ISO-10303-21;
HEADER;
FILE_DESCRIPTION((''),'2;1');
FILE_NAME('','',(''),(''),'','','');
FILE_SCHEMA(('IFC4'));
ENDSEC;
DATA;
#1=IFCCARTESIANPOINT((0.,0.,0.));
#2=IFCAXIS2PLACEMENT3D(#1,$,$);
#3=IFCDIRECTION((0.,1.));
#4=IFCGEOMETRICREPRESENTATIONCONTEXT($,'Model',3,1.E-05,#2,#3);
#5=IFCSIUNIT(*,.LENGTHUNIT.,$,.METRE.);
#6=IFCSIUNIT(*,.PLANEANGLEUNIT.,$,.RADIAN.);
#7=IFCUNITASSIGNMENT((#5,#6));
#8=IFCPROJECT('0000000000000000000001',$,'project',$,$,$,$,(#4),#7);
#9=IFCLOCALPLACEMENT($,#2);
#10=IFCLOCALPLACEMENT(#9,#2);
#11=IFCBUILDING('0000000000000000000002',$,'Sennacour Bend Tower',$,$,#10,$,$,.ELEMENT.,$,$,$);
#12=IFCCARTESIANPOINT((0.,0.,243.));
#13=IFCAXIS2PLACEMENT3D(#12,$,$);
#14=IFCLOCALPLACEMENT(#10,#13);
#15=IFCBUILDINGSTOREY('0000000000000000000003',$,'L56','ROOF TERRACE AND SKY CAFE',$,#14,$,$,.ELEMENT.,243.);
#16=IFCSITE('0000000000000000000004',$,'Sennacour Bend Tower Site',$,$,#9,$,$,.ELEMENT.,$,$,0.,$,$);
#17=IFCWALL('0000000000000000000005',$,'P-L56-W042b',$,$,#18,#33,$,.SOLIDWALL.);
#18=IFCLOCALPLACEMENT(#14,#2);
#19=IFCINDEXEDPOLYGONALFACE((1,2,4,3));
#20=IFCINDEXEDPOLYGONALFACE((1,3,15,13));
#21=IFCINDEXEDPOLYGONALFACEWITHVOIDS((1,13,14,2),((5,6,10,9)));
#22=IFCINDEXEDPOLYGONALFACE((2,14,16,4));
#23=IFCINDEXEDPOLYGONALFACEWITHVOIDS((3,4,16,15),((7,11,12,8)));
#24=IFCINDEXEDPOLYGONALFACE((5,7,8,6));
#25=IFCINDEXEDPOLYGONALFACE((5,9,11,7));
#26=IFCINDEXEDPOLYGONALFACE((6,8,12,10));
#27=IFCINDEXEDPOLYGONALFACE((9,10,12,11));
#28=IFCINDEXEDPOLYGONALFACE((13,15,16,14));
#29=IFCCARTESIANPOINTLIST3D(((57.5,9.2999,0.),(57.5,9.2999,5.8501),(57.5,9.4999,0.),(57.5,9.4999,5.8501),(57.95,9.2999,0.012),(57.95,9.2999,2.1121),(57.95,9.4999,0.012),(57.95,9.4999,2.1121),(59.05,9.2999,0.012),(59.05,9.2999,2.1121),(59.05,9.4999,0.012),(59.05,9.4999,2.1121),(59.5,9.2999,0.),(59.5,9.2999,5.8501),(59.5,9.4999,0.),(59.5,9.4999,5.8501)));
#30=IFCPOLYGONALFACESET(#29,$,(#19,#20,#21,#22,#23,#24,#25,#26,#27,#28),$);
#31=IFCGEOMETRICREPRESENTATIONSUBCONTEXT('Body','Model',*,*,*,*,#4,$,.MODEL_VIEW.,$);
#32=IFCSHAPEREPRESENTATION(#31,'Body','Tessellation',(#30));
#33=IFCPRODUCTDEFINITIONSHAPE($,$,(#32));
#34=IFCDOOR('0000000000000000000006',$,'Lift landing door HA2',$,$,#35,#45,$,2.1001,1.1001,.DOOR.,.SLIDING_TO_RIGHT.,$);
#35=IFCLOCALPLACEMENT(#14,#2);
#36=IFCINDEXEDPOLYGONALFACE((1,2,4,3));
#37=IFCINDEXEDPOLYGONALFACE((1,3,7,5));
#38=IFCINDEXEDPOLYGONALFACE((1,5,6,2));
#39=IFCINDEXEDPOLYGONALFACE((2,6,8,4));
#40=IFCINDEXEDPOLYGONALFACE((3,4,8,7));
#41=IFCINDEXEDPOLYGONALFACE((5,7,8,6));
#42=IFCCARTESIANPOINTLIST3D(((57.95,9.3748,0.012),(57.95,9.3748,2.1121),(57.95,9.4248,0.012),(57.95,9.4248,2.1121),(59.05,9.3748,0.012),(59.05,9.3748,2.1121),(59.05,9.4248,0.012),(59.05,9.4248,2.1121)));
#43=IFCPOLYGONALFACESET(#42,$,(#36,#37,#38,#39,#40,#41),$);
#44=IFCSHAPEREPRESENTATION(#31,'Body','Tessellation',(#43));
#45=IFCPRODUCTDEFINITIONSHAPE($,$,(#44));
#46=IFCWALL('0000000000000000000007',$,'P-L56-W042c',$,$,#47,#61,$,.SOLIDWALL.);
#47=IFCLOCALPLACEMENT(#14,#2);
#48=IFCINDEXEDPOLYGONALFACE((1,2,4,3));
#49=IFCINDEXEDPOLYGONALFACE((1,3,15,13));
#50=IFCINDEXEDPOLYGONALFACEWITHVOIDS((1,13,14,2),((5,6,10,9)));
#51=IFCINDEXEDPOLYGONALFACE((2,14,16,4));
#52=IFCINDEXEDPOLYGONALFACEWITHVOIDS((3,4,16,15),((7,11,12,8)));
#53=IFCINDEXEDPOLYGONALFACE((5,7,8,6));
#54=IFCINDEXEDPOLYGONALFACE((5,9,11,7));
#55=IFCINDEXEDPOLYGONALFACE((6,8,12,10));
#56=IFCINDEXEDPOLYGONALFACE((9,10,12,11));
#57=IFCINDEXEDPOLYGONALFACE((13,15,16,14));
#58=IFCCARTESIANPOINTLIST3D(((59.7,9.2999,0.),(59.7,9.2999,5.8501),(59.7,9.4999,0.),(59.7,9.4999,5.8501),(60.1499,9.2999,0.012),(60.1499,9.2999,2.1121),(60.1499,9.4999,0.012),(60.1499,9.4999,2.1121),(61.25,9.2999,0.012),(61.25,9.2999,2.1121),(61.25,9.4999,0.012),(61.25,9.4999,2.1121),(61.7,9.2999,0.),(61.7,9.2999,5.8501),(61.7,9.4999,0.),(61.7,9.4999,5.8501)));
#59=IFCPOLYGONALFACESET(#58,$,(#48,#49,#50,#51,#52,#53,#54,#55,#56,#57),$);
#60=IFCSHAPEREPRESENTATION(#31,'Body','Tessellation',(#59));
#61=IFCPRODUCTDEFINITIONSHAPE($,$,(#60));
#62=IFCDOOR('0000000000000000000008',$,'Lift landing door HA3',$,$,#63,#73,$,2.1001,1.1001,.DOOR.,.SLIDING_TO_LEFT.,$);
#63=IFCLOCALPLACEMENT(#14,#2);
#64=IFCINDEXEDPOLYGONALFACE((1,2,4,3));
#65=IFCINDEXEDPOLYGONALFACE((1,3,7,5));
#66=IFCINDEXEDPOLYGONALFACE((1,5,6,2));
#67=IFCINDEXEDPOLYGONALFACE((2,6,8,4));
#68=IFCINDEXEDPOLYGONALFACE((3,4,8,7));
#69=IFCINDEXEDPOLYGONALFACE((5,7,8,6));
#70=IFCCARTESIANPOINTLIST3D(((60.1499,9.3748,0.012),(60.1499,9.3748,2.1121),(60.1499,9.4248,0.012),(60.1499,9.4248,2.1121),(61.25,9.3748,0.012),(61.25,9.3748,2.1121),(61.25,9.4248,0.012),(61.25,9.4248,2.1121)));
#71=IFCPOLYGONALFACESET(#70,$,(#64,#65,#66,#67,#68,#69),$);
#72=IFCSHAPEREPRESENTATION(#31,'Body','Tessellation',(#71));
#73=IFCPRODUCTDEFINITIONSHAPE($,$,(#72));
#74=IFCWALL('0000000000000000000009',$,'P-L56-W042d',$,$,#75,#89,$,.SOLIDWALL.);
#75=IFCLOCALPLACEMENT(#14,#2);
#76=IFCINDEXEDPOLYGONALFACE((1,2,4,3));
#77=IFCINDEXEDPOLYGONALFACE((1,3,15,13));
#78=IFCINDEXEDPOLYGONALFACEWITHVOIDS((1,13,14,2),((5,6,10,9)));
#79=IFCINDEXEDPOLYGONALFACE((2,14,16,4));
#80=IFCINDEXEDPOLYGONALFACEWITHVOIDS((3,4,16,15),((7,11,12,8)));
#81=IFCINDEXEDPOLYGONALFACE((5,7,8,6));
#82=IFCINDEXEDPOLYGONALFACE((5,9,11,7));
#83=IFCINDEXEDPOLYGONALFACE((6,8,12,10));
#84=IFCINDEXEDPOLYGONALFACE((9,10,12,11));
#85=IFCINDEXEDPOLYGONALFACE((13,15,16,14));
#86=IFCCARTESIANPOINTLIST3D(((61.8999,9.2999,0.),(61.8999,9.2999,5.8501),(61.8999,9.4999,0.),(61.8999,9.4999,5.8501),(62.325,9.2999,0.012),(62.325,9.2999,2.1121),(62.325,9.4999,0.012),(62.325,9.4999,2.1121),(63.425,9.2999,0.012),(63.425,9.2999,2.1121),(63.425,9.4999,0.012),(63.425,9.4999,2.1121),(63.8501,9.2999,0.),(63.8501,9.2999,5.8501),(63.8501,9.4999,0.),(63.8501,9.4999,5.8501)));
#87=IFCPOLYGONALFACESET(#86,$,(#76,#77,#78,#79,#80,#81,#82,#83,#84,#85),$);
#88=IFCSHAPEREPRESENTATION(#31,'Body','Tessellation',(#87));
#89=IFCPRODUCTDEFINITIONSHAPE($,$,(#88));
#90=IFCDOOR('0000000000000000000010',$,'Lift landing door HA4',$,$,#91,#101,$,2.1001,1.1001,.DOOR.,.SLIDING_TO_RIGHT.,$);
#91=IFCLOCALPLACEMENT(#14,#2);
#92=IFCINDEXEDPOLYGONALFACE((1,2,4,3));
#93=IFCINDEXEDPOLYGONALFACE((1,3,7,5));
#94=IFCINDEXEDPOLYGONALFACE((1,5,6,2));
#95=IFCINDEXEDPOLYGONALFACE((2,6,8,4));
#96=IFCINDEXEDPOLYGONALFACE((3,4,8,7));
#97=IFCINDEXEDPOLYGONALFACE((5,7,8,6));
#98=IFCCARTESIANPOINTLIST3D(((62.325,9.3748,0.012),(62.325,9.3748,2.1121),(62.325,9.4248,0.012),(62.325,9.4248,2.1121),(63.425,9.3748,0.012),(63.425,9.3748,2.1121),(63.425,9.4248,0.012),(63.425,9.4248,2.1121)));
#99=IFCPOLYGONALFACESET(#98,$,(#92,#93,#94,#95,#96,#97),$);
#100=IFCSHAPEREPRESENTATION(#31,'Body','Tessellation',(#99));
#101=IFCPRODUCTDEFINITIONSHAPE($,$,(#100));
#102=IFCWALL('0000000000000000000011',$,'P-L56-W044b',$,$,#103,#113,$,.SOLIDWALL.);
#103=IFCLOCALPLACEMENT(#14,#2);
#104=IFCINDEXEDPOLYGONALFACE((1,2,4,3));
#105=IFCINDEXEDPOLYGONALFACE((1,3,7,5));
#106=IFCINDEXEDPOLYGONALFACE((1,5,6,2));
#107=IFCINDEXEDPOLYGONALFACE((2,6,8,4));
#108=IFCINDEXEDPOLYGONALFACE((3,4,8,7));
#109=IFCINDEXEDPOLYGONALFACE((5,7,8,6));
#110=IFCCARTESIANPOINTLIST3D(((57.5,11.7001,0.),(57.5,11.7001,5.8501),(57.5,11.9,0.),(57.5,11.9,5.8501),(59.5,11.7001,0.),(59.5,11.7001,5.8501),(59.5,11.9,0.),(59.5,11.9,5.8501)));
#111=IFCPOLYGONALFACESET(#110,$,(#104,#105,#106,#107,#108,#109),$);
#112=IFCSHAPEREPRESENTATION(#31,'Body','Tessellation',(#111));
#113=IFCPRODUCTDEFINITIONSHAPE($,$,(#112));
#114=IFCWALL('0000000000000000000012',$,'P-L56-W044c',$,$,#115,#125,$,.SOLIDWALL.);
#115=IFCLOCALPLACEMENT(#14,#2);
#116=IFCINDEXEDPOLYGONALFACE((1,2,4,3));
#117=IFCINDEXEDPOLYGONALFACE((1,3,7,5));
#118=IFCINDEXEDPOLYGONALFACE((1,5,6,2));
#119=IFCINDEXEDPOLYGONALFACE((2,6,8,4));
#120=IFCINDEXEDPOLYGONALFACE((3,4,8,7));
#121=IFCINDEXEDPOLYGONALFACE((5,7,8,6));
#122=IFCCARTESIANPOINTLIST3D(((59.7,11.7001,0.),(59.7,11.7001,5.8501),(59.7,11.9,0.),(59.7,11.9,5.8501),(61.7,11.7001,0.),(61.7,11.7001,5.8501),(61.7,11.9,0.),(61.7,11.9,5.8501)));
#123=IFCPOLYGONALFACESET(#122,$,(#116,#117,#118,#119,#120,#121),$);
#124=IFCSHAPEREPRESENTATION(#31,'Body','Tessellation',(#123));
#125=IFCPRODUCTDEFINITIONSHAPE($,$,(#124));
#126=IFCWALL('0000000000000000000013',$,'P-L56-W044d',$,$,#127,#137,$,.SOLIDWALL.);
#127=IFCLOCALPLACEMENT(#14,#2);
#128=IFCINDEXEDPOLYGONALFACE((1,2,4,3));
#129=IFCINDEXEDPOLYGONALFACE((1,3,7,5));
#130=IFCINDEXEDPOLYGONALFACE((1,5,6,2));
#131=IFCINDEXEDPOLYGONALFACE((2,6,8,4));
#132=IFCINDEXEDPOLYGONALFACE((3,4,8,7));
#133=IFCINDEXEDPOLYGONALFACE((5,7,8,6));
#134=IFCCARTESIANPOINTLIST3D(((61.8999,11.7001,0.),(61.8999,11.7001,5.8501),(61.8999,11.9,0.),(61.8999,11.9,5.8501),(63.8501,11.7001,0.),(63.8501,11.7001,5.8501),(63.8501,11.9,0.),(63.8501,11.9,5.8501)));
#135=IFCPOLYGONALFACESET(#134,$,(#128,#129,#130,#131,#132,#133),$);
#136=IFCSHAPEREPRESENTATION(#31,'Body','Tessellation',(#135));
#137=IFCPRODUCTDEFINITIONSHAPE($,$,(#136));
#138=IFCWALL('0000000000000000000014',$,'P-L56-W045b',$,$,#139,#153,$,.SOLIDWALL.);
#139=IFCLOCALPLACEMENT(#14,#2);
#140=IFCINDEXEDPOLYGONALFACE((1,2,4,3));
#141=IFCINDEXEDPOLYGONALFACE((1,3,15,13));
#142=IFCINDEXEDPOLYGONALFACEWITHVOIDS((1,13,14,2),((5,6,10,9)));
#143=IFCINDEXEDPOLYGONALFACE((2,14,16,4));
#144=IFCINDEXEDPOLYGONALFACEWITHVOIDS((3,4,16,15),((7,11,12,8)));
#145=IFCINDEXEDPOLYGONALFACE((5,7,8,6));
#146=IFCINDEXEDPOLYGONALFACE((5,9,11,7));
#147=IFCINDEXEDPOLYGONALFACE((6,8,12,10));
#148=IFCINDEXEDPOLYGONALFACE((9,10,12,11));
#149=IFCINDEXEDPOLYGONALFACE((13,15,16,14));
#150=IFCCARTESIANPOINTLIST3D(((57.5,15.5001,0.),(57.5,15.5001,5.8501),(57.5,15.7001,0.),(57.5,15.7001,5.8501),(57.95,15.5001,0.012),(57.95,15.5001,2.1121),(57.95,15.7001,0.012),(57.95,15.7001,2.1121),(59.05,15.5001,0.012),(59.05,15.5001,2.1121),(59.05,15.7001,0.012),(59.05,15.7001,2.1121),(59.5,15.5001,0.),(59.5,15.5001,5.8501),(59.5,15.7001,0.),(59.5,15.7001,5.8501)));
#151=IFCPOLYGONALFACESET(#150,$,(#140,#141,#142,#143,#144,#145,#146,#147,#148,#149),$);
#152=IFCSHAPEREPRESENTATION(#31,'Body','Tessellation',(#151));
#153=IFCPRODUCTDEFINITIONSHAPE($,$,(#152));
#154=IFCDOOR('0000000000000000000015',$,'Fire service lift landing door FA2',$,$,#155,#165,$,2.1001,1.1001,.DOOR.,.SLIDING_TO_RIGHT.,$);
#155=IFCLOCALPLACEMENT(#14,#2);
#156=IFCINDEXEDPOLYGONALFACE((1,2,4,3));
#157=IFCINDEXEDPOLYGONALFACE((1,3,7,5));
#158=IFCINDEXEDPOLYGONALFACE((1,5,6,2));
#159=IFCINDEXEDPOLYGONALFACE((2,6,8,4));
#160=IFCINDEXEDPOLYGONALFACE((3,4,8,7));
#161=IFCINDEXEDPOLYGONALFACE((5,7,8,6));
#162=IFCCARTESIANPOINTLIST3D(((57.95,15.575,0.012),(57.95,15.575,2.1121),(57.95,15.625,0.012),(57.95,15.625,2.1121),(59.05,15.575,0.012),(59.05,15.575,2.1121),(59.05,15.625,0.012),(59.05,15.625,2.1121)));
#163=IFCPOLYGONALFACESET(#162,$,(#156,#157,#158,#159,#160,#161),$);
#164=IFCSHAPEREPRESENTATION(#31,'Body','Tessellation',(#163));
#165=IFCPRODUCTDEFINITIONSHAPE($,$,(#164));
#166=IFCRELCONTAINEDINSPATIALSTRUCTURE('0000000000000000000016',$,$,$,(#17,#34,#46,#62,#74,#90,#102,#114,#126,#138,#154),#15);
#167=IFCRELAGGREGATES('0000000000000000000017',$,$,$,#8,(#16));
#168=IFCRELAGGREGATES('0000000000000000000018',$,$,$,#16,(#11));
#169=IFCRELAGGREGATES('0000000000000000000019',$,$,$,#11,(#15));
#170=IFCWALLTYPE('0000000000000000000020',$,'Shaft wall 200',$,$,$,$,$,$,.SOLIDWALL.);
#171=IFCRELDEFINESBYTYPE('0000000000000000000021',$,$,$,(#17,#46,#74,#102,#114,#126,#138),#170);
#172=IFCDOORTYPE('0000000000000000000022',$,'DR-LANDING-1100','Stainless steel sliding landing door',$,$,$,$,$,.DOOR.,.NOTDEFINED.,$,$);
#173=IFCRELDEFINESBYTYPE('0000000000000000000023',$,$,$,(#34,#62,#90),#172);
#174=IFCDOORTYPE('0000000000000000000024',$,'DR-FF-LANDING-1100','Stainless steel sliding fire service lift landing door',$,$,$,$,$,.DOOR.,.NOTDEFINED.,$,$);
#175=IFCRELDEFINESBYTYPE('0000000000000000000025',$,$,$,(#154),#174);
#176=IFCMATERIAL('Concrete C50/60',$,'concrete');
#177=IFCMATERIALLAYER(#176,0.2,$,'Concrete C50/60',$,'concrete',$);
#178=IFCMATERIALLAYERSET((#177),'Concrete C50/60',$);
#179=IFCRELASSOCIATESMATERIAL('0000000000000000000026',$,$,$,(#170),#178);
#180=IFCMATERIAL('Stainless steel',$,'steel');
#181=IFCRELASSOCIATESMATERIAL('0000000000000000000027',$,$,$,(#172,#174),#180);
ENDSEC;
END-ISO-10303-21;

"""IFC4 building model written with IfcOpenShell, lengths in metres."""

from ifc_helpers import new_model, si_unit, direction, frame, frame_2d, origin, place, context, subcontext, project, spatial, rectangle, extrude, material, layer, layer_set, type_object, element, fill, save


model = new_model("IFC4")

# Units and contexts
model_context = context("Model", 3, precision=1e-05, world=origin(), true_north=direction((0.0, 1.0)))
body_context = subcontext(model_context, "Body", "Model", "MODEL_VIEW")
ifc_project = project(units=[si_unit("LENGTHUNIT", "METRE"), si_unit("PLANEANGLEUNIT", "RADIAN")], contexts=[model_context])

# Site, building, storey
site_placement = place(None, origin())
site = spatial("IfcSite", under=ifc_project, at=site_placement, Name="Sennacour Bend Tower Site", CompositionType="ELEMENT", RefElevation=0.0)
building_placement = place(site_placement, origin())
building = spatial("IfcBuilding", under=site, at=building_placement, Name="Sennacour Bend Tower", CompositionType="ELEMENT")
storey_placement = place(building_placement, frame((0.0, 0.0, 243.0)))
storey = spatial("IfcBuildingStorey", under=building, at=storey_placement, Name="L56", Description="ROOF TERRACE AND SKY CAFE", CompositionType="ELEMENT", Elevation=243.0)

# Shared definitions
ifc_material_1 = material(Name="Concrete C50/60", Category="concrete")
ifc_layer_1 = layer(ifc_material_1, 0.2, Name="Concrete C50/60", Category="concrete")
ifc_layer_set_1 = layer_set([ifc_layer_1], Name="Concrete C50/60")
wall_type_1 = type_object("IfcWallType", Name="Shaft wall 200", PredefinedType="SOLIDWALL", material=ifc_layer_set_1)

# Walls, openings, doors
wall_1_placement = place(storey_placement, frame((57.5, 9.3999, 0.0), z_axis=(0.0, 0.0, 1.0), x_axis=(1.0, 0.0, 0.0)))
wall_1 = element("IfcWall", 1, at=wall_1_placement, inside=storey, type_object=wall_type_1, Name="P-L56-W042b", PredefinedType="SOLIDWALL", context=body_context, shape_type="SweptSolid", body=[
    extrude(rectangle(XDim=2.0, YDim=0.2, at=frame_2d((1.0, 0.0))), origin(), (0.0, 0.0, 1.0), 5.8501),
])
opening_1_placement = place(wall_1_placement, frame((0.45, 0.0, 0.012)))
opening_1 = element("IfcOpeningElement", 2, at=opening_1_placement, cuts=wall_1, PredefinedType="OPENING", context=body_context, shape_type="SweptSolid", body=[
    extrude(rectangle(XDim=1.1001, YDim=2.1001, at=frame_2d((0.55, 1.05))), frame((0.0, 0.1099, 0.0), z_axis=(0.0, -1.0, 0.0), x_axis=(1.0, 0.0, 0.0)), (0.0, 0.0, 1.0), 0.22),
])
ifc_material_2 = material(Name="Stainless steel", Category="steel")
door_type_1 = type_object("IfcDoorType", Name="DR-LANDING-1100", Description="Stainless steel sliding landing door", OperationType="NOTDEFINED", PredefinedType="DOOR", material=ifc_material_2)
door_1_placement = place(opening_1_placement, origin())
door_1 = element("IfcDoor", 3, at=door_1_placement, inside=storey, type_object=door_type_1, Name="Lift landing door HA2", OperationType="SLIDING_TO_RIGHT", OverallHeight=2.1001, OverallWidth=1.1001, PredefinedType="DOOR", context=body_context, shape_type="SweptSolid", body=[
    extrude(rectangle(XDim=1.1001, YDim=2.1001, at=frame_2d((0.55, 1.05))), frame((0.0, 0.0249, 0.0), z_axis=(0.0, -1.0, 0.0), x_axis=(1.0, 0.0, 0.0)), (0.0, 0.0, 1.0), 0.05),
])
fill(opening_1, door_1)
wall_2_placement = place(storey_placement, frame((59.7, 9.3999, 0.0), z_axis=(0.0, 0.0, 1.0), x_axis=(1.0, 0.0, 0.0)))
wall_2 = element("IfcWall", 4, at=wall_2_placement, inside=storey, type_object=wall_type_1, Name="P-L56-W042c", PredefinedType="SOLIDWALL", context=body_context, shape_type="SweptSolid", body=[
    extrude(rectangle(XDim=2.0, YDim=0.2, at=frame_2d((1.0, 0.0))), origin(), (0.0, 0.0, 1.0), 5.8501),
])
opening_2_placement = place(wall_2_placement, frame((0.45, 0.0, 0.012)))
opening_2 = element("IfcOpeningElement", 5, at=opening_2_placement, cuts=wall_2, PredefinedType="OPENING", context=body_context, shape_type="SweptSolid", body=[
    extrude(rectangle(XDim=1.1001, YDim=2.1001, at=frame_2d((0.55, 1.05))), frame((0.0, 0.1099, 0.0), z_axis=(0.0, -1.0, 0.0), x_axis=(1.0, 0.0, 0.0)), (0.0, 0.0, 1.0), 0.22),
])
door_2_placement = place(opening_2_placement, origin())
door_2 = element("IfcDoor", 6, at=door_2_placement, inside=storey, type_object=door_type_1, Name="Lift landing door HA3", OperationType="SLIDING_TO_LEFT", OverallHeight=2.1001, OverallWidth=1.1001, PredefinedType="DOOR", context=body_context, shape_type="SweptSolid", body=[
    extrude(rectangle(XDim=1.1001, YDim=2.1001, at=frame_2d((0.55, 1.05))), frame((0.0, 0.0249, 0.0), z_axis=(0.0, -1.0, 0.0), x_axis=(1.0, 0.0, 0.0)), (0.0, 0.0, 1.0), 0.05),
])
fill(opening_2, door_2)
wall_3_placement = place(storey_placement, frame((61.8999, 9.3999, 0.0), z_axis=(0.0, 0.0, 1.0), x_axis=(1.0, 0.0, 0.0)))
wall_3 = element("IfcWall", 7, at=wall_3_placement, inside=storey, type_object=wall_type_1, Name="P-L56-W042d", PredefinedType="SOLIDWALL", context=body_context, shape_type="SweptSolid", body=[
    extrude(rectangle(XDim=1.9502, YDim=0.2, at=frame_2d((0.9751, 0.0))), origin(), (0.0, 0.0, 1.0), 5.8501),
])
opening_3_placement = place(wall_3_placement, frame((0.425, 0.0, 0.012)))
opening_3 = element("IfcOpeningElement", 8, at=opening_3_placement, cuts=wall_3, PredefinedType="OPENING", context=body_context, shape_type="SweptSolid", body=[
    extrude(rectangle(XDim=1.1001, YDim=2.1001, at=frame_2d((0.55, 1.05))), frame((0.0, 0.1099, 0.0), z_axis=(0.0, -1.0, 0.0), x_axis=(1.0, 0.0, 0.0)), (0.0, 0.0, 1.0), 0.22),
])
door_3_placement = place(opening_3_placement, origin())
door_3 = element("IfcDoor", 9, at=door_3_placement, inside=storey, type_object=door_type_1, Name="Lift landing door HA4", OperationType="SLIDING_TO_RIGHT", OverallHeight=2.1001, OverallWidth=1.1001, PredefinedType="DOOR", context=body_context, shape_type="SweptSolid", body=[
    extrude(rectangle(XDim=1.1001, YDim=2.1001, at=frame_2d((0.55, 1.05))), frame((0.0, 0.0249, 0.0), z_axis=(0.0, -1.0, 0.0), x_axis=(1.0, 0.0, 0.0)), (0.0, 0.0, 1.0), 0.05),
])
fill(opening_3, door_3)

# Walls
for number, where, z_axis, x_axis, name in (
    (10, (57.5, 11.8, 0.0), (0.0, 0.0, 1.0), (1.0, 0.0, 0.0), "P-L56-W044b"),
    (11, (59.7, 11.8, 0.0), (0.0, 0.0, 1.0), (1.0, 0.0, 0.0), "P-L56-W044c"),
):
    element("IfcWall", number, at=place(storey_placement, frame(where, z_axis=z_axis, x_axis=x_axis)), inside=storey, type_object=wall_type_1, Name=name, PredefinedType="SOLIDWALL", context=body_context, shape_type="SweptSolid", body=[
        extrude(rectangle(XDim=2.0, YDim=0.2, at=frame_2d((1.0, 0.0))), origin(), (0.0, 0.0, 1.0), 5.8501),
    ])
wall_4_placement = place(storey_placement, frame((61.8999, 11.8, 0.0), z_axis=(0.0, 0.0, 1.0), x_axis=(1.0, 0.0, 0.0)))
element("IfcWall", 12, at=wall_4_placement, inside=storey, type_object=wall_type_1, Name="P-L56-W044d", PredefinedType="SOLIDWALL", context=body_context, shape_type="SweptSolid", body=[
    extrude(rectangle(XDim=1.9502, YDim=0.2, at=frame_2d((0.9751, 0.0))), origin(), (0.0, 0.0, 1.0), 5.8501),
])

# Wall, opening, door
wall_5_placement = place(storey_placement, frame((57.5, 15.6001, 0.0), z_axis=(0.0, 0.0, 1.0), x_axis=(1.0, 0.0, 0.0)))
wall_5 = element("IfcWall", 13, at=wall_5_placement, inside=storey, type_object=wall_type_1, Name="P-L56-W045b", PredefinedType="SOLIDWALL", context=body_context, shape_type="SweptSolid", body=[
    extrude(rectangle(XDim=2.0, YDim=0.2, at=frame_2d((1.0, 0.0))), origin(), (0.0, 0.0, 1.0), 5.8501),
])
opening_4_placement = place(wall_5_placement, frame((0.45, 0.0, 0.012)))
opening_4 = element("IfcOpeningElement", 14, at=opening_4_placement, cuts=wall_5, PredefinedType="OPENING", context=body_context, shape_type="SweptSolid", body=[
    extrude(rectangle(XDim=1.1001, YDim=2.1001, at=frame_2d((0.55, 1.05))), frame((0.0, 0.1099, 0.0), z_axis=(0.0, -1.0, 0.0), x_axis=(1.0, 0.0, 0.0)), (0.0, 0.0, 1.0), 0.22),
])
door_type_2 = type_object("IfcDoorType", Name="DR-FF-LANDING-1100", Description="Stainless steel sliding fire service lift landing door", OperationType="NOTDEFINED", PredefinedType="DOOR", material=ifc_material_2)
door_4_placement = place(opening_4_placement, origin())
door_4 = element("IfcDoor", 15, at=door_4_placement, inside=storey, type_object=door_type_2, Name="Fire service lift landing door FA2", OperationType="SLIDING_TO_RIGHT", OverallHeight=2.1001, OverallWidth=1.1001, PredefinedType="DOOR", context=body_context, shape_type="SweptSolid", body=[
    extrude(rectangle(XDim=1.1001, YDim=2.1001, at=frame_2d((0.55, 1.05))), frame((0.0, 0.0249, 0.0), z_axis=(0.0, -1.0, 0.0), x_axis=(1.0, 0.0, 0.0)), (0.0, 0.0, 1.0), 0.05),
])
fill(opening_4, door_4)

save(model, "model.ifc")
